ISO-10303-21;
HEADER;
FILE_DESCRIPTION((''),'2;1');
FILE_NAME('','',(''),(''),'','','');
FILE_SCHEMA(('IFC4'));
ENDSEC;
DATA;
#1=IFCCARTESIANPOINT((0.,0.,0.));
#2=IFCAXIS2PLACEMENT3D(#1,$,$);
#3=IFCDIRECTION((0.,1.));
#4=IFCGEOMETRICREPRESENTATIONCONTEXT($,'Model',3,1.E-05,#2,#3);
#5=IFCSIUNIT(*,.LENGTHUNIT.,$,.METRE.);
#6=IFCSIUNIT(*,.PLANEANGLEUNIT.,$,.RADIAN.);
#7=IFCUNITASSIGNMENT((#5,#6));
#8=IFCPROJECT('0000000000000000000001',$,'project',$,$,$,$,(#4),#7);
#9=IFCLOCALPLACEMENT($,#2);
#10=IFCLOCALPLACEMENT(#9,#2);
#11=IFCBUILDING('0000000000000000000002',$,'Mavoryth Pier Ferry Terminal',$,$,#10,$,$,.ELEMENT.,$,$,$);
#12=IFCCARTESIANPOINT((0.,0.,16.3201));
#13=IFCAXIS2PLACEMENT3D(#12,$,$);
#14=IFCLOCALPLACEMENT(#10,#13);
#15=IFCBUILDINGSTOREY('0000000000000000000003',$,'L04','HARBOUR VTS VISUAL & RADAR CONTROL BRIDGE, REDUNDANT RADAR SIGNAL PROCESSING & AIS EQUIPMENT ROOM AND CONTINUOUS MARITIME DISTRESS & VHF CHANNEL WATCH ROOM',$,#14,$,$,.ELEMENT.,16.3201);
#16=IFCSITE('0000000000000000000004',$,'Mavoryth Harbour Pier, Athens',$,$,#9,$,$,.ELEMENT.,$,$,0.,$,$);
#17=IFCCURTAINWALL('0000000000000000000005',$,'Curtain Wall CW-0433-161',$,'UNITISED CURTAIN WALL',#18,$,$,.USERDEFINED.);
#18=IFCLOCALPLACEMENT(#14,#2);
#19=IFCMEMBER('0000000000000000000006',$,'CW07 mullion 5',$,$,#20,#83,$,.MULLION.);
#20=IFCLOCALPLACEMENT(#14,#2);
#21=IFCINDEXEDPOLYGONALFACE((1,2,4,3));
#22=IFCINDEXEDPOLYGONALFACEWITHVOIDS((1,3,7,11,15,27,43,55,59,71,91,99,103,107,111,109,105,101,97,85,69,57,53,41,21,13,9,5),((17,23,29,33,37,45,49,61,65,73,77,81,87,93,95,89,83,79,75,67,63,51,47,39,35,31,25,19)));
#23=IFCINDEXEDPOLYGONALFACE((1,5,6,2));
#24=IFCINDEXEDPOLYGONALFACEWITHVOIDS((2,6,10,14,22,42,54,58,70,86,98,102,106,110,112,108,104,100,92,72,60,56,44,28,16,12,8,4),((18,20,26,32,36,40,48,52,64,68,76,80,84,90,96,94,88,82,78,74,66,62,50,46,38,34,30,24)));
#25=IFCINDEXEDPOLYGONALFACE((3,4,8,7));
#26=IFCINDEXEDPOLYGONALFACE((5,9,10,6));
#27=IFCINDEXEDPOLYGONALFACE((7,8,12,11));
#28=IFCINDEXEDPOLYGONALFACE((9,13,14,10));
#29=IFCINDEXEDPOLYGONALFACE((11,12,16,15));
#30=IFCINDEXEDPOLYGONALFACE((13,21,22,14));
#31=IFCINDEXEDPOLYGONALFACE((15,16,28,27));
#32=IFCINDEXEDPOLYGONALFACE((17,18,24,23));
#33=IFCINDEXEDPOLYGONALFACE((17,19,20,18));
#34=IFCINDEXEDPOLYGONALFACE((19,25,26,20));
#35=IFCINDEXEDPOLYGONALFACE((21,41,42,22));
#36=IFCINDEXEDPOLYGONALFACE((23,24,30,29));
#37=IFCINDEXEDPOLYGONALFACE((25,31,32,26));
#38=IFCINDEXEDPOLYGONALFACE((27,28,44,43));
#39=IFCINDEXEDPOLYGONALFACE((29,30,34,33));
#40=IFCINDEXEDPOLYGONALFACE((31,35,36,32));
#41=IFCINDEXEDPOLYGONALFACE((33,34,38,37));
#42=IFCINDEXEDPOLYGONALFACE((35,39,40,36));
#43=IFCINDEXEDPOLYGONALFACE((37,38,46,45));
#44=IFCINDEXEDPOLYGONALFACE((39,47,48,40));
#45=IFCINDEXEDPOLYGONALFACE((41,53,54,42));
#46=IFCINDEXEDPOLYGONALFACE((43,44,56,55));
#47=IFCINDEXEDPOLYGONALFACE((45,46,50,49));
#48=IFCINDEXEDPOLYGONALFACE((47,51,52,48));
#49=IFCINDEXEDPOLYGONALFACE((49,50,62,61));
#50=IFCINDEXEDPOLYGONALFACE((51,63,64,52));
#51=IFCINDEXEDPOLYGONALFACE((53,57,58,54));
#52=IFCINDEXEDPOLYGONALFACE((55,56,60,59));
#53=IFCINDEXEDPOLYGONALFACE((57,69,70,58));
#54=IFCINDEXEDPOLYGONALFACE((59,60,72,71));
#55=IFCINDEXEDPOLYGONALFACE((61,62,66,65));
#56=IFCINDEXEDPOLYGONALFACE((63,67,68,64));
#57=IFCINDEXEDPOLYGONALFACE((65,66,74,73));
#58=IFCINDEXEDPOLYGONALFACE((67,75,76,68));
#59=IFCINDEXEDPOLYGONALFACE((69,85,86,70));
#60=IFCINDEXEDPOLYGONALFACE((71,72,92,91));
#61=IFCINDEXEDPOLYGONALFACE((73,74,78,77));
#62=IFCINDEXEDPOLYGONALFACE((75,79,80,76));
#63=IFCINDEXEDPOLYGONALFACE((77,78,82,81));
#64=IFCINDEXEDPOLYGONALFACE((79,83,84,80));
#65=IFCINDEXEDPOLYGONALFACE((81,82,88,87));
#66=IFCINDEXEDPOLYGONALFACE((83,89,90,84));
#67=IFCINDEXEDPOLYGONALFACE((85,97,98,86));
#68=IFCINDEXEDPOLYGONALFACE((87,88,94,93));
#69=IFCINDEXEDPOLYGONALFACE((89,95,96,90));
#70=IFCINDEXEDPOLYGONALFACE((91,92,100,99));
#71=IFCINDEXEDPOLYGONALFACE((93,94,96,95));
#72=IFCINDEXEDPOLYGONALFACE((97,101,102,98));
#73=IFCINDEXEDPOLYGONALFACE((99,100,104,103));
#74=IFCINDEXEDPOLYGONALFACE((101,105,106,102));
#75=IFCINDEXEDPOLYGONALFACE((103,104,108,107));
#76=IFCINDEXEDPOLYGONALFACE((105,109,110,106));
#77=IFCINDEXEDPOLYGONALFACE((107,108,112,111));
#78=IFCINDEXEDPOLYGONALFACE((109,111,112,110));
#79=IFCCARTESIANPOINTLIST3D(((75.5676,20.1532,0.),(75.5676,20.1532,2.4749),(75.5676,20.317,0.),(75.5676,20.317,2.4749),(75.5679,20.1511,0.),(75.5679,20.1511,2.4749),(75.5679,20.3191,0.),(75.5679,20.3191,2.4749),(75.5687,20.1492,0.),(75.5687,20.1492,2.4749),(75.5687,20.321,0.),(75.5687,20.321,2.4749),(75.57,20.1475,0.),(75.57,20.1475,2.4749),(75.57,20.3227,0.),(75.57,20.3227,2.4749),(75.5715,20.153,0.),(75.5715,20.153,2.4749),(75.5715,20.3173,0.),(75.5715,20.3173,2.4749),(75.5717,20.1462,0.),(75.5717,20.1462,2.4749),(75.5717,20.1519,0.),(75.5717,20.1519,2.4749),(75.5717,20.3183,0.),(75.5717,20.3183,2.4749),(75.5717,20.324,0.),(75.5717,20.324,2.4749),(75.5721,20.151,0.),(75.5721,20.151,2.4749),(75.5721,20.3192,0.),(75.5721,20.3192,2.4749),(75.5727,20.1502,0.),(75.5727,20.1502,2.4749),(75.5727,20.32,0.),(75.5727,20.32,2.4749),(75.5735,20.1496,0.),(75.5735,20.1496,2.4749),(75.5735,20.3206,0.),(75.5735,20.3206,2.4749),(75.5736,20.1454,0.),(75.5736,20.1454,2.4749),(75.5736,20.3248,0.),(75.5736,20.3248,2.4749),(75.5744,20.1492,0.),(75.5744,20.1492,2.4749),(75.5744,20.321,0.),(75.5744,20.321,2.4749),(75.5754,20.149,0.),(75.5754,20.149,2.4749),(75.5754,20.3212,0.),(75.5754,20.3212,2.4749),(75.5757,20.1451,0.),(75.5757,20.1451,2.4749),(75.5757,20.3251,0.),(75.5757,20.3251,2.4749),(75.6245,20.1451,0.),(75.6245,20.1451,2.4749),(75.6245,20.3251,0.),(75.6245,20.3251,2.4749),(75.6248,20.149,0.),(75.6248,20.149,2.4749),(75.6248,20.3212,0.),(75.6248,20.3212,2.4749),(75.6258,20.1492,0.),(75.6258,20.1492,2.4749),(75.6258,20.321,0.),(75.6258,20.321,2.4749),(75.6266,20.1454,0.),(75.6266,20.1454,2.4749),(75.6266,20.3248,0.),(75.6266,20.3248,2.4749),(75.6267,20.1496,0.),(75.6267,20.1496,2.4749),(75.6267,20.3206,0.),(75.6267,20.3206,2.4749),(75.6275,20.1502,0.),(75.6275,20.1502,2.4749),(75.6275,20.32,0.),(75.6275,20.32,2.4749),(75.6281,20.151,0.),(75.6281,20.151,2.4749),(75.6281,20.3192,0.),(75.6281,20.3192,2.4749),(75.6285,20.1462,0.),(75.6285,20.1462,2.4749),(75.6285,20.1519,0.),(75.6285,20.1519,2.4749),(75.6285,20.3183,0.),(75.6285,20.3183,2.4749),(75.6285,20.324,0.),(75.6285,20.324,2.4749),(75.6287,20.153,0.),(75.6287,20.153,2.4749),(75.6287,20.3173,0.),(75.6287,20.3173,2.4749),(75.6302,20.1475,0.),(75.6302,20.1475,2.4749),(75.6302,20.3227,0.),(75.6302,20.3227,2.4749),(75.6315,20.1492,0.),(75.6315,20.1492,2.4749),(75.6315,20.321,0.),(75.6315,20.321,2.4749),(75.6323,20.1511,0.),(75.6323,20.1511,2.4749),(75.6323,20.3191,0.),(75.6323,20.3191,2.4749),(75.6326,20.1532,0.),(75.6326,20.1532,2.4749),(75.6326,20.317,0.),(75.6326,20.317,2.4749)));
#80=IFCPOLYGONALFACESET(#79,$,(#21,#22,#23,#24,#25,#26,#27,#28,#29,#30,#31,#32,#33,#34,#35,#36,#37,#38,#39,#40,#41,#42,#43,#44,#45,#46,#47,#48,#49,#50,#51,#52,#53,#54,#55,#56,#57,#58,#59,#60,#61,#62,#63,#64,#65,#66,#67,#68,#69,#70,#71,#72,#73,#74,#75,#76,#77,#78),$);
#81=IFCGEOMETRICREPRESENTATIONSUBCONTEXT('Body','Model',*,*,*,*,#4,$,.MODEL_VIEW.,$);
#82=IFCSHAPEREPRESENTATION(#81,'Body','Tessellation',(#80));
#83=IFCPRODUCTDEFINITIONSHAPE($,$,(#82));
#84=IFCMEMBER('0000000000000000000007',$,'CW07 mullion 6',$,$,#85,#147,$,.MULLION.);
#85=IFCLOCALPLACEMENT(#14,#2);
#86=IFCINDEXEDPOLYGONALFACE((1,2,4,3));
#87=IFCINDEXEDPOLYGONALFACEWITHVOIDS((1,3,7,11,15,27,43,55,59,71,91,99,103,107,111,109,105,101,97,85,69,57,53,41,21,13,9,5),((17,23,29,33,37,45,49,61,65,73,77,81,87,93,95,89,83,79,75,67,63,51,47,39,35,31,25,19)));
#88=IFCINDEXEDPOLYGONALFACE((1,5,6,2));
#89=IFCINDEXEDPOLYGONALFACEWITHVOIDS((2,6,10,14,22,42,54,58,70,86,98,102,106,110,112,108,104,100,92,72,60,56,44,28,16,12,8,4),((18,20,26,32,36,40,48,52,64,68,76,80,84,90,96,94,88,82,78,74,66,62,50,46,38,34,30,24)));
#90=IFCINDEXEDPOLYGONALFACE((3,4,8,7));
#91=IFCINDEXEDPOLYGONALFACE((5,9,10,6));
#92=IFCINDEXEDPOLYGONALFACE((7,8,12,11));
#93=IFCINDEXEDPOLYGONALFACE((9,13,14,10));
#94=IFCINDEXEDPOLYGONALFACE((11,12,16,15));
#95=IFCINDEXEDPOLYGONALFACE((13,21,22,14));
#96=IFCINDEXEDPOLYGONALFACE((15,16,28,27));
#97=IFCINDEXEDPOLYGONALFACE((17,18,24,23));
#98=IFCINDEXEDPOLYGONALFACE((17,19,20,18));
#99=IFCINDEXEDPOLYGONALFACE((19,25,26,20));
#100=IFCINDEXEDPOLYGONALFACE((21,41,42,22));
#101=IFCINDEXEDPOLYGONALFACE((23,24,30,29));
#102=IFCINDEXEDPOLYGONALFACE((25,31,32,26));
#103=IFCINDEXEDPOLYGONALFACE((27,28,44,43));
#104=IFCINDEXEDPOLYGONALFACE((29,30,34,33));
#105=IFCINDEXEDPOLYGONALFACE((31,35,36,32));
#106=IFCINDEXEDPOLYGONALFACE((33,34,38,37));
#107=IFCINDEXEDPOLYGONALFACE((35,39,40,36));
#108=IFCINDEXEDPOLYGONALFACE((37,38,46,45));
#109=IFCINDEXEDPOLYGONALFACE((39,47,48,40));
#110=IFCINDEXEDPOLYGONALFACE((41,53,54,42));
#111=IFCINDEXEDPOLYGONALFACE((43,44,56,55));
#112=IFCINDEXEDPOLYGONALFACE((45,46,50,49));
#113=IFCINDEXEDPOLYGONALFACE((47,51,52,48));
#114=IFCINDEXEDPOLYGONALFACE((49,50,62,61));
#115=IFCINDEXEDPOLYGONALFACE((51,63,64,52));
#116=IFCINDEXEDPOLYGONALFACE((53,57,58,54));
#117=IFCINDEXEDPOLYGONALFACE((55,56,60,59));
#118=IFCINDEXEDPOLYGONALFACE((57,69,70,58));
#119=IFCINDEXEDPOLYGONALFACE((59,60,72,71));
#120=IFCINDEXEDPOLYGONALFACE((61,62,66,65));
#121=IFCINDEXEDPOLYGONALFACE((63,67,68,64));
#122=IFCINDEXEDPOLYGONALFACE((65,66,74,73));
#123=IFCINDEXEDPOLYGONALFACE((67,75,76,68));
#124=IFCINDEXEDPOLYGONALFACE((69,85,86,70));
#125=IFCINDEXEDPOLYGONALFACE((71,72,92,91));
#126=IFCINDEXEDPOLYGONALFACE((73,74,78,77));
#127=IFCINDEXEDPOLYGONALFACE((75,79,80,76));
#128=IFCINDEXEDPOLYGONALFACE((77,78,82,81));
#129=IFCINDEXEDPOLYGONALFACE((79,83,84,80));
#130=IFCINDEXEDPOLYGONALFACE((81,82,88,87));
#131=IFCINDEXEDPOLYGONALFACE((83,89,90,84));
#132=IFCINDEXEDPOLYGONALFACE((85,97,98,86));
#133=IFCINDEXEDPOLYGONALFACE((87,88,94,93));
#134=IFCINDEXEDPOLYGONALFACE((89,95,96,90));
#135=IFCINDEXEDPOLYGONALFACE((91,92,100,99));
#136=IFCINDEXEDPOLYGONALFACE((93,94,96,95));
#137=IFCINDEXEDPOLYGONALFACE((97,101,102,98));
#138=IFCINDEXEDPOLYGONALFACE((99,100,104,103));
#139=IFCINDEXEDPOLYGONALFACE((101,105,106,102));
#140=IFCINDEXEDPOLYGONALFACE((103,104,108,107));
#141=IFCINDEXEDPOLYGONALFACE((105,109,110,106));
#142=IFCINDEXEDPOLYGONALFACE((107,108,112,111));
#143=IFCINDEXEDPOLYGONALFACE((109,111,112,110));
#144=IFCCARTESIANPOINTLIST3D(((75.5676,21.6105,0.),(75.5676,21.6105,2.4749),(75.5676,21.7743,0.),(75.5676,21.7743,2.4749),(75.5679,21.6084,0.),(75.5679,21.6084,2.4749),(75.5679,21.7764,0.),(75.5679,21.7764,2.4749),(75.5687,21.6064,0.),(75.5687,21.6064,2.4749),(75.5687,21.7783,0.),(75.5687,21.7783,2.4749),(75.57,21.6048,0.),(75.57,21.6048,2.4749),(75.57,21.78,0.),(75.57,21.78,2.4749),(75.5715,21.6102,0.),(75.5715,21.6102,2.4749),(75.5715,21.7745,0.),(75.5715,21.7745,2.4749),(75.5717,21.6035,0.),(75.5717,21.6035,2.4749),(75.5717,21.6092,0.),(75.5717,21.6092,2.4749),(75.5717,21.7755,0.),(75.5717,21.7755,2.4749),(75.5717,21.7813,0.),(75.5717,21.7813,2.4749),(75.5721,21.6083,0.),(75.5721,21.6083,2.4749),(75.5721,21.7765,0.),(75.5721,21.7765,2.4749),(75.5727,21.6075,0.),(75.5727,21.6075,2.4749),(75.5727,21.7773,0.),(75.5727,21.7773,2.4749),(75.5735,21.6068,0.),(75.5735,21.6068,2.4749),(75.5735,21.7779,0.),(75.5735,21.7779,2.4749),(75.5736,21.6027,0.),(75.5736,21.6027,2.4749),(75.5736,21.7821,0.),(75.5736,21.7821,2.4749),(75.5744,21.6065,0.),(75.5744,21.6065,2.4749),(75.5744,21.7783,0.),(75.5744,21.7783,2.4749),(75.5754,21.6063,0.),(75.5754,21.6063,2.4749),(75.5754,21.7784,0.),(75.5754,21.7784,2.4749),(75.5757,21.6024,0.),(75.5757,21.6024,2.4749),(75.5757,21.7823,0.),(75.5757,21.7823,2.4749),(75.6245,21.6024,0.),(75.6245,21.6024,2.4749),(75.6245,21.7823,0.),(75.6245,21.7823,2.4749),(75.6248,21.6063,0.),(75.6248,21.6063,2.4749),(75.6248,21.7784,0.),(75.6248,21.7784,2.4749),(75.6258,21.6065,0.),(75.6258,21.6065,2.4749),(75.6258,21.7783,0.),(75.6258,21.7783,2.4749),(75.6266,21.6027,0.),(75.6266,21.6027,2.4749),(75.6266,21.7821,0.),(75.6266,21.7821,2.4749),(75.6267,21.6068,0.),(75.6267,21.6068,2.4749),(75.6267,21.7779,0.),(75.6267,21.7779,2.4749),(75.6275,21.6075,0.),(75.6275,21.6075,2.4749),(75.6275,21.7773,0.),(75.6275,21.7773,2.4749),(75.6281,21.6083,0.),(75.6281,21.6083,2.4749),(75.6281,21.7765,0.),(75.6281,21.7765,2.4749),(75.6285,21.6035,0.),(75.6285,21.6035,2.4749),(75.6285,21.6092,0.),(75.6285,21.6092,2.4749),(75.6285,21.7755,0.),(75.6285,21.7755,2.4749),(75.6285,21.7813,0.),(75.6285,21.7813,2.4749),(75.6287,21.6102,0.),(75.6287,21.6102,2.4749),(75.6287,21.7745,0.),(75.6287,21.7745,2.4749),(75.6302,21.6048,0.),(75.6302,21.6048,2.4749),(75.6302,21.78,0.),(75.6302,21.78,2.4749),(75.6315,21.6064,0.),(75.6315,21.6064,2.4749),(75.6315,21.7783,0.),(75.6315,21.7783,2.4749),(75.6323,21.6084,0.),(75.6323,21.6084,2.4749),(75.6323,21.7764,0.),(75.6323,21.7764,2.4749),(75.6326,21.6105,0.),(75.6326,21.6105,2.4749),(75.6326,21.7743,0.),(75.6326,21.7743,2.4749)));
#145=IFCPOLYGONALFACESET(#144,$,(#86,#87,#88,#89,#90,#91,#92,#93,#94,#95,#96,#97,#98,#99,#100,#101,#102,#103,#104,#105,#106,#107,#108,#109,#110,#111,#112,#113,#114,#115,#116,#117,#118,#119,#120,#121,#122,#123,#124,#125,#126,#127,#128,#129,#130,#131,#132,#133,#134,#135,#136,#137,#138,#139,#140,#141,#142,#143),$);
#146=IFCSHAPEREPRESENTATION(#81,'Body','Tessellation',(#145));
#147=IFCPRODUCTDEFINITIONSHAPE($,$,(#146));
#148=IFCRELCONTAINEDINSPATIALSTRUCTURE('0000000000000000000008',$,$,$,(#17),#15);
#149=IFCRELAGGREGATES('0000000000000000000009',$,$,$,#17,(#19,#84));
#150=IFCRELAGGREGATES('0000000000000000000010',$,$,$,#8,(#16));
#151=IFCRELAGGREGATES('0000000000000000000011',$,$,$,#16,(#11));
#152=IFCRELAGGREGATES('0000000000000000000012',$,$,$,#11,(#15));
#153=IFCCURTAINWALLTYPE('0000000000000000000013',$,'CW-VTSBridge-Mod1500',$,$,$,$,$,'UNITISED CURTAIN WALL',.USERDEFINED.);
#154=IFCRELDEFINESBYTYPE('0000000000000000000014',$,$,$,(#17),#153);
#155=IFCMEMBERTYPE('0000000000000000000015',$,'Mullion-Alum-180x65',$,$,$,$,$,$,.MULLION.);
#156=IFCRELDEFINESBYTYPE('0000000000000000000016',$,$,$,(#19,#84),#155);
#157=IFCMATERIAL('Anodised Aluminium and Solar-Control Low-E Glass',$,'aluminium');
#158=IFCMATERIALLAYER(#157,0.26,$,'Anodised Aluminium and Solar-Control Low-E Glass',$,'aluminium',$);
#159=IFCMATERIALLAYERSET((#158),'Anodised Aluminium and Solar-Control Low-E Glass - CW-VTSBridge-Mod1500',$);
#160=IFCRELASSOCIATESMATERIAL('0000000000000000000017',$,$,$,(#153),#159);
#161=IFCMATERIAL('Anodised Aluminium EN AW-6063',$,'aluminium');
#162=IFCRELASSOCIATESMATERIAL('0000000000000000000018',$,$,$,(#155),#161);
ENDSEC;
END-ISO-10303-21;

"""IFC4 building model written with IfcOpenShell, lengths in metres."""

from ifc_helpers import new_model, si_unit, direction, frame, origin, origin_2d, place, context, subcontext, project, spatial, hollow_rectangle, extrude, material, layer, layer_set, material_profile, profile_set, type_object, element, aggregate, save


model = new_model("IFC4")

# Units and contexts
model_context = context("Model", 3, precision=1e-05, world=origin(), true_north=direction((0.0, 1.0)))
body_context = subcontext(model_context, "Body", "Model", "MODEL_VIEW")
ifc_project = project(units=[si_unit("LENGTHUNIT", "METRE"), si_unit("PLANEANGLEUNIT", "RADIAN")], contexts=[model_context])

# Site, building, storey
site_placement = place(None, origin())
site = spatial("IfcSite", under=ifc_project, at=site_placement, Name="Mavoryth Harbour Pier, Athens", CompositionType="ELEMENT", RefElevation=0.0)
building_placement = place(site_placement, origin())
building = spatial("IfcBuilding", under=site, at=building_placement, Name="Mavoryth Pier Ferry Terminal", CompositionType="ELEMENT")
storey_placement = place(building_placement, frame((0.0, 0.0, 16.3201)))
storey = spatial("IfcBuildingStorey", under=building, at=storey_placement, Name="L04", Description="HARBOUR VTS VISUAL & RADAR CONTROL BRIDGE, REDUNDANT RADAR SIGNAL PROCESSING & AIS EQUIPMENT ROOM AND CONTINUOUS MARITIME DISTRESS & VHF CHANNEL WATCH ROOM", CompositionType="ELEMENT", Elevation=16.3201)

# Curtain wall, members
ifc_material_1 = material(Name="Anodised Aluminium and Solar-Control Low-E Glass", Category="aluminium")
ifc_layer_1 = layer(ifc_material_1, 0.26, Name="Anodised Aluminium and Solar-Control Low-E Glass", Category="aluminium")
ifc_layer_set_1 = layer_set([ifc_layer_1], Name="Anodised Aluminium and Solar-Control Low-E Glass - CW-VTSBridge-Mod1500")
curtain_wall_type = type_object("IfcCurtainWallType", Name="CW-VTSBridge-Mod1500", ElementType="UNITISED CURTAIN WALL", PredefinedType="USERDEFINED", material=ifc_layer_set_1)
curtain_wall_placement = place(storey_placement, origin())
curtain_wall = element("IfcCurtainWall", 1, at=curtain_wall_placement, inside=storey, type_object=curtain_wall_type, Name="Curtain Wall CW-0433-161", ObjectType="UNITISED CURTAIN WALL", PredefinedType="USERDEFINED")
ifc_material_2 = material(Name="Anodised Aluminium EN AW-6063", Category="aluminium")
ifc_material_profile_1 = material_profile(ifc_material_2, hollow_rectangle(XDim=0.0649, YDim=0.1799, WallThickness=0.0039, InnerFilletRadius=0.0039, OuterFilletRadius=0.0081, at=origin_2d()), Name="AL-MULL 180x65x4", Category="aluminium")
ifc_profile_set_1 = profile_set([ifc_material_profile_1], Name="Anodised Aluminium EN AW-6063 - AL-MULL 180x65x4")
member_type_1 = type_object("IfcMemberType", Name="Mullion-Alum-180x65", PredefinedType="MULLION", material=ifc_profile_set_1)
member_1_placement = place(storey_placement, frame((75.6001, 20.2351, 0.0), z_axis=(0.0, 0.0, 1.0), x_axis=(-1.0, 0.0, 0.0)))
member_1 = element("IfcMember", 2, at=member_1_placement, type_object=member_type_1, Name="CW07 mullion 5", PredefinedType="MULLION", context=body_context, shape_type="SweptSolid", body=[
    extrude(hollow_rectangle(XDim=0.0649, YDim=0.1799, WallThickness=0.0039, InnerFilletRadius=0.0039, OuterFilletRadius=0.0081, at=origin_2d()), origin(), (0.0, 0.0, 1.0), 2.4749),
])
member_2_placement = place(storey_placement, frame((75.6001, 21.6924, 0.0), z_axis=(0.0, 0.0, 1.0), x_axis=(-1.0, 0.0, 0.0)))
member_2 = element("IfcMember", 3, at=member_2_placement, type_object=member_type_1, Name="CW07 mullion 6", PredefinedType="MULLION", context=body_context, shape_type="SweptSolid", body=[
    extrude(hollow_rectangle(XDim=0.0649, YDim=0.1799, WallThickness=0.0039, InnerFilletRadius=0.0039, OuterFilletRadius=0.0081, at=origin_2d()), origin(), (0.0, 0.0, 1.0), 2.4749),
])
aggregate(curtain_wall, [member_1, member_2])

save(model, "model.ifc")
